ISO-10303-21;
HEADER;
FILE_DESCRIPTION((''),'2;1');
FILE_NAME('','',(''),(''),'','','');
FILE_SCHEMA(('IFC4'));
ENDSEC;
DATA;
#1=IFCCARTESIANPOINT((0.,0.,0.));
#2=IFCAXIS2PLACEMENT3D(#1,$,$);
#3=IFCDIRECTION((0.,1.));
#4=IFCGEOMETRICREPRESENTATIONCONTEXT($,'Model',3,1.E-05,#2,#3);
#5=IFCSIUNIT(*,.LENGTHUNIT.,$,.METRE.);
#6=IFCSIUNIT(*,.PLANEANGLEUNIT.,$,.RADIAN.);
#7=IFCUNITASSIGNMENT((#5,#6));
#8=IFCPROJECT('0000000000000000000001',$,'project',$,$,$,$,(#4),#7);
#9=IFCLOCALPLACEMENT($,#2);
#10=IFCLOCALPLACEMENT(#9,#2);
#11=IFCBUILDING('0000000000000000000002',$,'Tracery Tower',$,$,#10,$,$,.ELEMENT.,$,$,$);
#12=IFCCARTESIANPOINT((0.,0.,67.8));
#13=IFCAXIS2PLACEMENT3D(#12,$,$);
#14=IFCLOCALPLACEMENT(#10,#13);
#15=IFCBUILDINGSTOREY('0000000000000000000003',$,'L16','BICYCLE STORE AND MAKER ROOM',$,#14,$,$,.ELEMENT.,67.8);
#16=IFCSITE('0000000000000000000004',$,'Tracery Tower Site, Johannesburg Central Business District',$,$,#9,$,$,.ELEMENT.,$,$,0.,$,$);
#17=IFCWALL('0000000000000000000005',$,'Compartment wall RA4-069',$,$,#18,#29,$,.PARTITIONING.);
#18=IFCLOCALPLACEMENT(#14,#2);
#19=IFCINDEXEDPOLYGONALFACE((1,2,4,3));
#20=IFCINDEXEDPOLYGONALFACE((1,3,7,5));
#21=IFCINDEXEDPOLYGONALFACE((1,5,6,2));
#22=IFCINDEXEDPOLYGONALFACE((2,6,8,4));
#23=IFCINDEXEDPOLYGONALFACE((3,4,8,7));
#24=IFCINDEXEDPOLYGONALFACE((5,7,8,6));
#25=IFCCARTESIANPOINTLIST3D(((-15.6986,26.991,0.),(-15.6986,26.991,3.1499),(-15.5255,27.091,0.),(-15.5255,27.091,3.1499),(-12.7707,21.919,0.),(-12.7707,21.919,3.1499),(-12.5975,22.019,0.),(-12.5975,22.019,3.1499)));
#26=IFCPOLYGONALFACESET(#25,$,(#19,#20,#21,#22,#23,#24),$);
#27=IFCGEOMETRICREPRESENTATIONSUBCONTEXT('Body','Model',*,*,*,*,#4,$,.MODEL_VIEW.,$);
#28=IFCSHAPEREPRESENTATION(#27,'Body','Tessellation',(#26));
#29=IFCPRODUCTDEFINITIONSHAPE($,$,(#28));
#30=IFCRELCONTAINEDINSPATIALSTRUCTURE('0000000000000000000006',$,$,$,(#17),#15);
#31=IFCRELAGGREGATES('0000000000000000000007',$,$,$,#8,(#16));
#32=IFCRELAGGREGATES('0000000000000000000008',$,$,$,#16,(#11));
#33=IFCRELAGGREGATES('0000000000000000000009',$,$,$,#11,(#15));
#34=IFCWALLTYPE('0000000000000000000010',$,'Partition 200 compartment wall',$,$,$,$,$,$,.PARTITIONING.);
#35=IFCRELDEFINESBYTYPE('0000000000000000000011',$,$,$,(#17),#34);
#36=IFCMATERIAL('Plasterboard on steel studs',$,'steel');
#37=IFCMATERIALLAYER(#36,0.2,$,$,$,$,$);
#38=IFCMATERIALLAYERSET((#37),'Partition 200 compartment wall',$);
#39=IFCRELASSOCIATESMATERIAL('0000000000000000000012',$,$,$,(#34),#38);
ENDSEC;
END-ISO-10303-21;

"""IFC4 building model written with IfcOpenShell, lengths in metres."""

from ifc_helpers import new_model, si_unit, direction, frame, frame_2d, origin, place, context, subcontext, project, spatial, rectangle, extrude, material, layer, layer_set, type_object, element, save


model = new_model("IFC4")

# Units and contexts
model_context = context("Model", 3, precision=1e-05, world=origin(), true_north=direction((0.0, 1.0)))
body_context = subcontext(model_context, "Body", "Model", "MODEL_VIEW")
ifc_project = project(units=[si_unit("LENGTHUNIT", "METRE"), si_unit("PLANEANGLEUNIT", "RADIAN")], contexts=[model_context])

# Site, building, storey
site_placement = place(None, origin())
site = spatial("IfcSite", under=ifc_project, at=site_placement, Name="Tracery Tower Site, Johannesburg Central Business District", CompositionType="ELEMENT", RefElevation=0.0)
building_placement = place(site_placement, origin())
building = spatial("IfcBuilding", under=site, at=building_placement, Name="Tracery Tower", CompositionType="ELEMENT")
storey_placement = place(building_placement, frame((0.0, 0.0, 67.8)))
storey = spatial("IfcBuildingStorey", under=building, at=storey_placement, Name="L16", Description="BICYCLE STORE AND MAKER ROOM", CompositionType="ELEMENT", Elevation=67.8)

# Wall
ifc_material_1 = material(Name="Plasterboard on steel studs", Category="steel")
ifc_layer_1 = layer(ifc_material_1, 0.2)
ifc_layer_set_1 = layer_set([ifc_layer_1], Name="Partition 200 compartment wall")
wall_type_1 = type_object("IfcWallType", Name="Partition 200 compartment wall", PredefinedType="PARTITIONING", material=ifc_layer_set_1)
wall_1_placement = place(storey_placement, frame((-15.6121, 27.041, 0.0), z_axis=(0.0, 0.0, 1.0), x_axis=(0.499955, -0.866052, 0.0)))
element("IfcWall", 1, at=wall_1_placement, inside=storey, type_object=wall_type_1, Name="Compartment wall RA4-069", PredefinedType="PARTITIONING", context=body_context, shape_type="SweptSolid", body=[
    extrude(rectangle(XDim=5.8564, YDim=0.2, at=frame_2d((2.9282, 0.0))), origin(), (0.0, 0.0, 1.0), 3.1499),
])

save(model, "model.ifc")
